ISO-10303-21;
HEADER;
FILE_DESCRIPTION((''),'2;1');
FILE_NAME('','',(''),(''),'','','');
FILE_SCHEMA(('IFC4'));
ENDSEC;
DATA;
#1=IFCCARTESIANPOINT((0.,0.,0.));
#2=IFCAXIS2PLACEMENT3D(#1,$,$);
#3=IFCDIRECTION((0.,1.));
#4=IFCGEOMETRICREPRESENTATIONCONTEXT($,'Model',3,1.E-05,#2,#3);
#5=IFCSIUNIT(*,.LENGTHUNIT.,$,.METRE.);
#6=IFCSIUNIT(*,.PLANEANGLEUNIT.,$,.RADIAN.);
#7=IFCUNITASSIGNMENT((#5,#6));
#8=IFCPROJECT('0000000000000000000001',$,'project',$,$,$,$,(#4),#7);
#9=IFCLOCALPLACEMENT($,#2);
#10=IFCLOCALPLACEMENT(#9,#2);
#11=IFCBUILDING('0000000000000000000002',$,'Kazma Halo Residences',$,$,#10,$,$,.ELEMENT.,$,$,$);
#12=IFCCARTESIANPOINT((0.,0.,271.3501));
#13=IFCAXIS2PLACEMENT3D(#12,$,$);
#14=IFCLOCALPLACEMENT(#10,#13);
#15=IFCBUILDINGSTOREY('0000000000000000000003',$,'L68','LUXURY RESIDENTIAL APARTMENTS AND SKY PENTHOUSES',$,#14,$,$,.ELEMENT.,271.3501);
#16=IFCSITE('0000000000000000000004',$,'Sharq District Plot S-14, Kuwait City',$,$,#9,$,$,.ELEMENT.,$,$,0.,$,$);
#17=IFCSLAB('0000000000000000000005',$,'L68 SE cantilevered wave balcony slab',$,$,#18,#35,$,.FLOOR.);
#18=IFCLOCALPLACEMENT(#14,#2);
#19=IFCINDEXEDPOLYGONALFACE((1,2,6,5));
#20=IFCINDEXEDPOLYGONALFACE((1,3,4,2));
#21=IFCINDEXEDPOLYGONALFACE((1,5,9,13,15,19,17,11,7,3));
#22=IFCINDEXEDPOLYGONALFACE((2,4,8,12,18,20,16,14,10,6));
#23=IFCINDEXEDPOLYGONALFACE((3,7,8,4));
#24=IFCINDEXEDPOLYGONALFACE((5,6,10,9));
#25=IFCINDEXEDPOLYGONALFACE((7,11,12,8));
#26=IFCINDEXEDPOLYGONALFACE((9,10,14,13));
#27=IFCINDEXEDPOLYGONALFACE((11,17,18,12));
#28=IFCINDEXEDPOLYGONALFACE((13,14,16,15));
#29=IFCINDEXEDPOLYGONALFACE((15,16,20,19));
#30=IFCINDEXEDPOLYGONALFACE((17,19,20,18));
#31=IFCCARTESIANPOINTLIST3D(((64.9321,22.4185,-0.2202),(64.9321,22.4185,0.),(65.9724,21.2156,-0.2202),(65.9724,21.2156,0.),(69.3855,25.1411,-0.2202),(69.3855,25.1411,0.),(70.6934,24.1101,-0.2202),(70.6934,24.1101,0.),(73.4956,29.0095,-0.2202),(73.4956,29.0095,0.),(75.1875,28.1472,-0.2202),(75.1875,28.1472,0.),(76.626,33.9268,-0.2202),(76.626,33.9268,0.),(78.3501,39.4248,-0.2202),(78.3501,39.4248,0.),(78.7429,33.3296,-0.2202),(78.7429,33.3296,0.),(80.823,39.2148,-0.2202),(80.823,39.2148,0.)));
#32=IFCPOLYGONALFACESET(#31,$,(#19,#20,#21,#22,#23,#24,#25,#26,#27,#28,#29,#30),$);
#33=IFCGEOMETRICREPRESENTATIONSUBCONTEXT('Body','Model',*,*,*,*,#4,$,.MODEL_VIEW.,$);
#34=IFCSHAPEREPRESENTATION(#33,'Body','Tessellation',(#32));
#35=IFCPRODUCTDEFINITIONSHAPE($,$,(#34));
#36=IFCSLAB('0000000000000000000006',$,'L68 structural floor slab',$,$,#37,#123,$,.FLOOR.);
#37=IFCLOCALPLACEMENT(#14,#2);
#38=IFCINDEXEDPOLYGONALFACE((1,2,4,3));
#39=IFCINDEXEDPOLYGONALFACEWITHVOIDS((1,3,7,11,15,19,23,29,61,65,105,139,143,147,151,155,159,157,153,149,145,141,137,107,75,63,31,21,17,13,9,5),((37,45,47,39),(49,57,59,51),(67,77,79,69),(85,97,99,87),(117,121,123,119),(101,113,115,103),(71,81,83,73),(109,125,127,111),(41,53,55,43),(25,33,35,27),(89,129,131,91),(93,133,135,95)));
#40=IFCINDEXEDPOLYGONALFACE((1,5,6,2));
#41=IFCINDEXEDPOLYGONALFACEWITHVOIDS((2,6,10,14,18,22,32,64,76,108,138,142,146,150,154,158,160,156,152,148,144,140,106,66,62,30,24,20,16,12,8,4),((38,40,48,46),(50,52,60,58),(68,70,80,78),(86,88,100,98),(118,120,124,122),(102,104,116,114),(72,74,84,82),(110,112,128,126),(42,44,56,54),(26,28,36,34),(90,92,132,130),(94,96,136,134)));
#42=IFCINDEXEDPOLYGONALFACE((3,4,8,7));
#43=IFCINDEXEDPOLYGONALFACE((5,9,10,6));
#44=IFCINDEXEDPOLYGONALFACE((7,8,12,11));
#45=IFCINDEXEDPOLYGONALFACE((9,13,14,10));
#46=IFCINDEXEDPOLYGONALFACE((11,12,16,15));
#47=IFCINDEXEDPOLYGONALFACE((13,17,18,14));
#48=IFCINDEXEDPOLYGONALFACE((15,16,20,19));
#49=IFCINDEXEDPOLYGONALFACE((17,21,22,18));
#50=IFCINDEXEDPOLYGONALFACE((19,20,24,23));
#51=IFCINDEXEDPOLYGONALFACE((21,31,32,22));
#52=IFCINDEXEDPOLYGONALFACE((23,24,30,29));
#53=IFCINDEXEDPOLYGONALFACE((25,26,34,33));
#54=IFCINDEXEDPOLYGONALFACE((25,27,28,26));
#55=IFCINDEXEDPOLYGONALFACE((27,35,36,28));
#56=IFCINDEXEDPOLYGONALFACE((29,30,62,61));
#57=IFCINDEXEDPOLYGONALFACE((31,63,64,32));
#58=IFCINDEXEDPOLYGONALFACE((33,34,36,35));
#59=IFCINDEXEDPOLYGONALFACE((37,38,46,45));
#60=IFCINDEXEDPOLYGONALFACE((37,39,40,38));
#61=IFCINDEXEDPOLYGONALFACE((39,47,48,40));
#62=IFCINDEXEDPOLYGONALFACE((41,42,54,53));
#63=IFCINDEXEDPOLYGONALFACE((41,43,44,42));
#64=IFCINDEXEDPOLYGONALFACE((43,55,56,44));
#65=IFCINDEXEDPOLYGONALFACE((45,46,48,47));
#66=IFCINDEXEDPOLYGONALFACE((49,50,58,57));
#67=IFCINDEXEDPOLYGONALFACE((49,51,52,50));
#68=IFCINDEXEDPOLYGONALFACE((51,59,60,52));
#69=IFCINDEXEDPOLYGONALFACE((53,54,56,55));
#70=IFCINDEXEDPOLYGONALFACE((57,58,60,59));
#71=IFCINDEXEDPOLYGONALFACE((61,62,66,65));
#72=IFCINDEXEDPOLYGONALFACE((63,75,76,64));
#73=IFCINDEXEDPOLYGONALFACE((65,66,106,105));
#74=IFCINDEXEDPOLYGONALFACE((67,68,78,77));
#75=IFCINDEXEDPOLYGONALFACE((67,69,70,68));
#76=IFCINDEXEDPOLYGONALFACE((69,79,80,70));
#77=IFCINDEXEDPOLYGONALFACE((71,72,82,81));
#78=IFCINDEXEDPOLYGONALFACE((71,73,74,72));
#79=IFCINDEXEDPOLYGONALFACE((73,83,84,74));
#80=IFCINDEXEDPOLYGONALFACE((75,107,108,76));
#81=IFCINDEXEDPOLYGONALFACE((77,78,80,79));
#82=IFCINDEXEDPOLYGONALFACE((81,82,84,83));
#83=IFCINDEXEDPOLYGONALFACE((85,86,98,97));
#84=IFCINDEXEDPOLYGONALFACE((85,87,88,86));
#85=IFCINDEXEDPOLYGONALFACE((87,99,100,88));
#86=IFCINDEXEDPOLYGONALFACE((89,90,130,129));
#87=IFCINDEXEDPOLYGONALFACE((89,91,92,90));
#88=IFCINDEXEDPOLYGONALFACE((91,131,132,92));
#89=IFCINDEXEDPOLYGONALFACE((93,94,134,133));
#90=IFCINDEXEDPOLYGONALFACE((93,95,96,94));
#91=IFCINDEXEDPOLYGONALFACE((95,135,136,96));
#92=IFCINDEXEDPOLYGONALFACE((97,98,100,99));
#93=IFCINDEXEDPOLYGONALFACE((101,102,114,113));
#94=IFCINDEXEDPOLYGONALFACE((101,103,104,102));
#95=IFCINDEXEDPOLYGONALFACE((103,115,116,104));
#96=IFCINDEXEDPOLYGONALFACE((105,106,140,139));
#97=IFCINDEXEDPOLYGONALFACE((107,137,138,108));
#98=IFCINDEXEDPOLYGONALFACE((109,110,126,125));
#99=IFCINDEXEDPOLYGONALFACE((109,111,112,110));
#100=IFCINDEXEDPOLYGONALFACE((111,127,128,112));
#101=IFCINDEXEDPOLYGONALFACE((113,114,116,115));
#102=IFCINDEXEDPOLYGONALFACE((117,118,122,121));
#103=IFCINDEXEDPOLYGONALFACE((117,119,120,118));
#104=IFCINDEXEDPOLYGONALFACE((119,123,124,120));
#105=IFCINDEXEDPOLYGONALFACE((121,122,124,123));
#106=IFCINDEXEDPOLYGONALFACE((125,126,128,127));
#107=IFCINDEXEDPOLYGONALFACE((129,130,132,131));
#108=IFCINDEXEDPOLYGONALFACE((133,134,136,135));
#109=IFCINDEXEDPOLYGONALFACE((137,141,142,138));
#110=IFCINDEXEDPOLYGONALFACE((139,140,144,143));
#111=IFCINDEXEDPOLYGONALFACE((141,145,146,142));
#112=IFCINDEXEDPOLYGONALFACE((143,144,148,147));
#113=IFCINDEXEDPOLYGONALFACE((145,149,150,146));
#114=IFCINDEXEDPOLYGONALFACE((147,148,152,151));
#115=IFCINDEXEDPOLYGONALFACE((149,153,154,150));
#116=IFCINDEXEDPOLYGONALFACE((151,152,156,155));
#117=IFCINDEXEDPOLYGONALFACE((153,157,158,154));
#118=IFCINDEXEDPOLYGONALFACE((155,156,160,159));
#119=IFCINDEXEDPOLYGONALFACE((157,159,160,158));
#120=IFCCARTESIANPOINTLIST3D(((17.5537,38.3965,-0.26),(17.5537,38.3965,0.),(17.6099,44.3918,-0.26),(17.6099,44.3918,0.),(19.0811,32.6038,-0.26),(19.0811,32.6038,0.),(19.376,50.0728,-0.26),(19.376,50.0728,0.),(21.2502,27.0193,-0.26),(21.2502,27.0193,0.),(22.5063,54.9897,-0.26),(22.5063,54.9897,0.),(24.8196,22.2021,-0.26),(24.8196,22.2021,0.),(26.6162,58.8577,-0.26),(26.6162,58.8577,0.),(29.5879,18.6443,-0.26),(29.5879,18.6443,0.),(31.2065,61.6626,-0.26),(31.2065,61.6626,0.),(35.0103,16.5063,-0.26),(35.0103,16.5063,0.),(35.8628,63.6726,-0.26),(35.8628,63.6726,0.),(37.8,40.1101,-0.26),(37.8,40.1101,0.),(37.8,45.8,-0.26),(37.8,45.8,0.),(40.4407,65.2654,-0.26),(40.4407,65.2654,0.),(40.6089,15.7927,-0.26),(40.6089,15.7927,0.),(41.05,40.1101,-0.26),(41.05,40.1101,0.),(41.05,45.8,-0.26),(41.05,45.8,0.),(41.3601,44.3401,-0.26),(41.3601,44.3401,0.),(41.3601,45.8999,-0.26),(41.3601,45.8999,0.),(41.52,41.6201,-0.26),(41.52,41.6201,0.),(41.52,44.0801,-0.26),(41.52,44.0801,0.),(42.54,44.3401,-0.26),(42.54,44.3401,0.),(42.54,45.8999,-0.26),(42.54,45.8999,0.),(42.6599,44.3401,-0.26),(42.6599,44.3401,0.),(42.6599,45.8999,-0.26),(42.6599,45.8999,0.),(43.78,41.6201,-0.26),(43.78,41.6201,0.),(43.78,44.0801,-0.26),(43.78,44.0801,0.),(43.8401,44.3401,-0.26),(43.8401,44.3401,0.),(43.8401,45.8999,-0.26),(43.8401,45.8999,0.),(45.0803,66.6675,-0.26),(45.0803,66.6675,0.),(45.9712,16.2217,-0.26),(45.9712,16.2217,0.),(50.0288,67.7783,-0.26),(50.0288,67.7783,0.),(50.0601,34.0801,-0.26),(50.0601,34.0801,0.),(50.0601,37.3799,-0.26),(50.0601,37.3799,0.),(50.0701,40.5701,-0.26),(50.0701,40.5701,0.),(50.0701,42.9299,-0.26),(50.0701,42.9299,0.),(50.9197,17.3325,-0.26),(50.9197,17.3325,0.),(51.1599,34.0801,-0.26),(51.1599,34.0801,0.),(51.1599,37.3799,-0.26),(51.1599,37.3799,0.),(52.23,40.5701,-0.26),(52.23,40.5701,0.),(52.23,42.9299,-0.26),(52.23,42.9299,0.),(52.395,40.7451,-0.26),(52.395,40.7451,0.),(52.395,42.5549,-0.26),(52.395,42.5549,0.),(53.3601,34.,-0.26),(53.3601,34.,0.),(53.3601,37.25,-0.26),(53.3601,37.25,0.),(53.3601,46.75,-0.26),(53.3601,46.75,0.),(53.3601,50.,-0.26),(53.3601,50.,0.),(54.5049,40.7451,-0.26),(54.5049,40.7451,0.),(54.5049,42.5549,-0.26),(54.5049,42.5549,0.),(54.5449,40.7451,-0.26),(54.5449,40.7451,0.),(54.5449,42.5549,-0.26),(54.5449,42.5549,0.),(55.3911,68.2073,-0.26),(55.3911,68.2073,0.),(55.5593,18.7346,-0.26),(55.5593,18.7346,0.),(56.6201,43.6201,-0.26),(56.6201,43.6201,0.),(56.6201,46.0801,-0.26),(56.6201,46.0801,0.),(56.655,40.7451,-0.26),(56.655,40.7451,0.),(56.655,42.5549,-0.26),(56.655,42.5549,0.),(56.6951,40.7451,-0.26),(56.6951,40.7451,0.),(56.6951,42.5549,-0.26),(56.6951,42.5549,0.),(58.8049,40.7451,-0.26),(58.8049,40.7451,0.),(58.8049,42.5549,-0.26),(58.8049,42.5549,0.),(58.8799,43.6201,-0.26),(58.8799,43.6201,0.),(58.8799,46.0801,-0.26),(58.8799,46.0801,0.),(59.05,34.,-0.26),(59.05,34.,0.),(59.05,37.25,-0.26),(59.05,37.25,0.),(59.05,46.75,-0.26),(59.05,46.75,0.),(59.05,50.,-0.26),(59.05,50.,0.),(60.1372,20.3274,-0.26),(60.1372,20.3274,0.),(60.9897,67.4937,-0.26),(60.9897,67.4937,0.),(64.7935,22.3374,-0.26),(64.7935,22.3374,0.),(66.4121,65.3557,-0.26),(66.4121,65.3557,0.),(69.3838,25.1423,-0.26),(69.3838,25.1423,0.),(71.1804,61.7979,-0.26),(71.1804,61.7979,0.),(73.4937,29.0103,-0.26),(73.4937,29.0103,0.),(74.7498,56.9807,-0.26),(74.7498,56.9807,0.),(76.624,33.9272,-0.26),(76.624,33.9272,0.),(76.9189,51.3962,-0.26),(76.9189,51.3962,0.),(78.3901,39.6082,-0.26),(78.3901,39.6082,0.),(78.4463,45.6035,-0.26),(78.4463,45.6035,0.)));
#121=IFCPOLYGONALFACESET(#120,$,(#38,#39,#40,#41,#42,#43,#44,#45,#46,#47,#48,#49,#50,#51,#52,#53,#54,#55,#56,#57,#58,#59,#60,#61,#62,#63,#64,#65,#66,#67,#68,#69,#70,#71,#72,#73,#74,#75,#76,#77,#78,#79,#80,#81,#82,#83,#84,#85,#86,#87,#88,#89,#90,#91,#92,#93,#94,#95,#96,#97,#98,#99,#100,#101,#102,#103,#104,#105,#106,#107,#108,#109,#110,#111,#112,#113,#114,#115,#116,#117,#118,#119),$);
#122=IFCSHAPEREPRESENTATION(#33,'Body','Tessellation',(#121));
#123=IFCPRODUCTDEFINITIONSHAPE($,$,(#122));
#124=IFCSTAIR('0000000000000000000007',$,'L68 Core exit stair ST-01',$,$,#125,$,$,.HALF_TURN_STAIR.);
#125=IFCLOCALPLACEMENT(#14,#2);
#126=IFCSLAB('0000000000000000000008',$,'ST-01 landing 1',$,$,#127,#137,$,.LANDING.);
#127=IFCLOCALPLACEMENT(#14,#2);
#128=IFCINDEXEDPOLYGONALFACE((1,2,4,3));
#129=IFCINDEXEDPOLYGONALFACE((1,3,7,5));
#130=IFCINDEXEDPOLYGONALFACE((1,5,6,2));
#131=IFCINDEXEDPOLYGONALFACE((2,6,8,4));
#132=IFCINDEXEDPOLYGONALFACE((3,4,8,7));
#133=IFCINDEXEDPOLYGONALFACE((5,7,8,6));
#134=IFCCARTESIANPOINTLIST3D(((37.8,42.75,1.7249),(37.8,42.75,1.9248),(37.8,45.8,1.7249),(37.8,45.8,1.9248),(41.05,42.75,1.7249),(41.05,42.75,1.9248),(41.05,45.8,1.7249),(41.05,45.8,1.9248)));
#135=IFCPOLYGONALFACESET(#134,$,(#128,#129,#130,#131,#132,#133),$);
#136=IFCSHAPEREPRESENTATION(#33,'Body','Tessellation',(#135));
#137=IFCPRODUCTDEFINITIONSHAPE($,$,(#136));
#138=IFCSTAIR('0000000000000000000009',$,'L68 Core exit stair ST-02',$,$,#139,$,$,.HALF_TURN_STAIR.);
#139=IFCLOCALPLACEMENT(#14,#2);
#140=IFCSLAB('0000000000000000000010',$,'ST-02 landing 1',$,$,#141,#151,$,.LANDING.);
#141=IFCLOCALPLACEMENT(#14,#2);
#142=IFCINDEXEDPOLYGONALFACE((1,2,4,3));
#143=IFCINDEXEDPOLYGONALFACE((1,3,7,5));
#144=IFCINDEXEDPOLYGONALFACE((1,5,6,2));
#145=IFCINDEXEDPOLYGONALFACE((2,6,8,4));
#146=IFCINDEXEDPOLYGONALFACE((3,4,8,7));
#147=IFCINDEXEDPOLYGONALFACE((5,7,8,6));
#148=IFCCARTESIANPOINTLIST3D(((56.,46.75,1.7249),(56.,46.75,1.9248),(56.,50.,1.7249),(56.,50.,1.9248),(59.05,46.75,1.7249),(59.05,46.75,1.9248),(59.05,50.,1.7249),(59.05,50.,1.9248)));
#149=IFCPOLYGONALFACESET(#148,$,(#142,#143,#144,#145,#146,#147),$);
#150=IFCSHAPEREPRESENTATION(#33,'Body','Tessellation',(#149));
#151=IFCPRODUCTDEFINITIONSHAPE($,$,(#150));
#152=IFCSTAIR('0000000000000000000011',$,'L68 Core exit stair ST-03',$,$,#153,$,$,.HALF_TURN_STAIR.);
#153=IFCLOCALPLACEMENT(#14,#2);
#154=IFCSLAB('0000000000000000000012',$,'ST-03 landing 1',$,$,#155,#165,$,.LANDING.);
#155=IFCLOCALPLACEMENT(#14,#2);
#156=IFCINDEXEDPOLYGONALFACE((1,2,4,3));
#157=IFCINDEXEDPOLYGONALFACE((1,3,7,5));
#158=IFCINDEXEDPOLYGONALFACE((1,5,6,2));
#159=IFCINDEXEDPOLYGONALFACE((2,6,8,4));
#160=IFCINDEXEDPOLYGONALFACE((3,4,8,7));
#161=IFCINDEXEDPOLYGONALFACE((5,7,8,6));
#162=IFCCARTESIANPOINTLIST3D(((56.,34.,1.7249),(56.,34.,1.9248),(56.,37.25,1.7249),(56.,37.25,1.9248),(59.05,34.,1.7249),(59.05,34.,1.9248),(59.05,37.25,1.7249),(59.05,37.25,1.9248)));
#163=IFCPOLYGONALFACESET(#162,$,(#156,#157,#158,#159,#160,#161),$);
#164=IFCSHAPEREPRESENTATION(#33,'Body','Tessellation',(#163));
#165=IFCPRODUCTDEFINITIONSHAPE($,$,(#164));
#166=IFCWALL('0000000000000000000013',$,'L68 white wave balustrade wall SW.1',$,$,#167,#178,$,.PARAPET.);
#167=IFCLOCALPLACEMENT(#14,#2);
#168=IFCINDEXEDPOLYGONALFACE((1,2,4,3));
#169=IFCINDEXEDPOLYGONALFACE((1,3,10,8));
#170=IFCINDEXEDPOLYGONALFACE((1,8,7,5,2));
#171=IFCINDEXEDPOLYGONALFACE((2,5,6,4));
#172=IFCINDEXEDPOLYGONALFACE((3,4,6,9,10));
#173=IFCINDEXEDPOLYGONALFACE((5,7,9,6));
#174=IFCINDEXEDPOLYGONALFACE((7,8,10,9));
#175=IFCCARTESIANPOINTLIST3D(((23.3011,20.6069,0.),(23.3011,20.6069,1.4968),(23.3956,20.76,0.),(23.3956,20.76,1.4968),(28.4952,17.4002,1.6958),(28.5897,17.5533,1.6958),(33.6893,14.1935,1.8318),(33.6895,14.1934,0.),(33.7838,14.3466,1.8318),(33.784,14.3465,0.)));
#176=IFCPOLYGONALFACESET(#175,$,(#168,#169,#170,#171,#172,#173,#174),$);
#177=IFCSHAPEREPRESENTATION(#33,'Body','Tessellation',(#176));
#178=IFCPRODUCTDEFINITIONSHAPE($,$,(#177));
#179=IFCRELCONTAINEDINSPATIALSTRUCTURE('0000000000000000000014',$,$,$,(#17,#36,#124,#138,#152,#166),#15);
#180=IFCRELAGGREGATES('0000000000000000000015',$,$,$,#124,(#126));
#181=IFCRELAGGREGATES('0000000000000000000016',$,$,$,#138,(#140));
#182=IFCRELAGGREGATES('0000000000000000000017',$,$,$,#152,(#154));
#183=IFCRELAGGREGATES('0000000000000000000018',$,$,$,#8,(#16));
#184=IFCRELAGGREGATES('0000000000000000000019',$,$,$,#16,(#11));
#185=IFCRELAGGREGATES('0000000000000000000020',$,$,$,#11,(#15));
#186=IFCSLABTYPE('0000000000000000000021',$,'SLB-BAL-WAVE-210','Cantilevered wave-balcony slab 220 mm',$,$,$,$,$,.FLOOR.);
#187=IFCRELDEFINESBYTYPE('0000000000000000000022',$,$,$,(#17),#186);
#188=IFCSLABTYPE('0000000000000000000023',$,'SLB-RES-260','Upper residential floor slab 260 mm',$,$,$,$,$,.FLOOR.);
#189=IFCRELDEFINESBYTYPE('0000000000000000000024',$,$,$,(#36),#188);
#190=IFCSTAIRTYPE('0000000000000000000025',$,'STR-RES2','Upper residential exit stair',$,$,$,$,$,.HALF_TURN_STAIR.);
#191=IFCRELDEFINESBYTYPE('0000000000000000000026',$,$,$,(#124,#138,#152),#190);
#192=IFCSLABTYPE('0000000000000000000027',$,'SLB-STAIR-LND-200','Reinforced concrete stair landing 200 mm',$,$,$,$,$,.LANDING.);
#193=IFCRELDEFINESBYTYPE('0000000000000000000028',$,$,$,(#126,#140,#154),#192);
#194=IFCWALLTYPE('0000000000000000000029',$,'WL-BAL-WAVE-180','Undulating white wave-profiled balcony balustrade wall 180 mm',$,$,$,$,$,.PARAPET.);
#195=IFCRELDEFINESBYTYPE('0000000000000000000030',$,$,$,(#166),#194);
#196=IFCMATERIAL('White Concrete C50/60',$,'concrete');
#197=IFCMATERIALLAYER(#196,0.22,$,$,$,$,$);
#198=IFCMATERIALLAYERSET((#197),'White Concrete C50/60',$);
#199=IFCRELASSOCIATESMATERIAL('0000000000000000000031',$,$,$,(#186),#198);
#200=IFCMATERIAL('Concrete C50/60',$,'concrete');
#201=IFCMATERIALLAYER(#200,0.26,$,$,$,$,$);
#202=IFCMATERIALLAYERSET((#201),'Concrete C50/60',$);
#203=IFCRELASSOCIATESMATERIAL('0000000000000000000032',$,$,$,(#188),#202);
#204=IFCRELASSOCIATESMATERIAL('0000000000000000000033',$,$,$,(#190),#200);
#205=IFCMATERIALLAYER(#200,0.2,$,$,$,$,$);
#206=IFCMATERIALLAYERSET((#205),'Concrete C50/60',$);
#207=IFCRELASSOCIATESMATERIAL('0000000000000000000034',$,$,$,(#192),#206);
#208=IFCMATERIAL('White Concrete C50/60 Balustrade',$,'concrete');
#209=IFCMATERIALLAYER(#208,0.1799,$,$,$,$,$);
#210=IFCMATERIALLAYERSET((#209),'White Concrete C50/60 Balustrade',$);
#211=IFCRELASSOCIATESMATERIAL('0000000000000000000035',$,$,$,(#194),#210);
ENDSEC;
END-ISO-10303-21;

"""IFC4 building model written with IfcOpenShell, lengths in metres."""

from ifc_helpers import new_model, si_unit, direction, frame, origin, place, context, subcontext, project, spatial, polyline, outline, extrude, material, layer, layer_set, type_object, element, aggregate, save


model = new_model("IFC4")

# Units and contexts
model_context = context("Model", 3, precision=1e-05, world=origin(), true_north=direction((0.0, 1.0)))
body_context = subcontext(model_context, "Body", "Model", "MODEL_VIEW")
ifc_project = project(units=[si_unit("LENGTHUNIT", "METRE"), si_unit("PLANEANGLEUNIT", "RADIAN")], contexts=[model_context])

# Site, building, storey
site_placement = place(None, origin())
site = spatial("IfcSite", under=ifc_project, at=site_placement, Name="Sharq District Plot S-14, Kuwait City", CompositionType="ELEMENT", RefElevation=0.0)
building_placement = place(site_placement, origin())
building = spatial("IfcBuilding", under=site, at=building_placement, Name="Kazma Halo Residences", CompositionType="ELEMENT")
storey_placement = place(building_placement, frame((0.0, 0.0, 271.3501)))
storey = spatial("IfcBuildingStorey", under=building, at=storey_placement, Name="L68", Description="LUXURY RESIDENTIAL APARTMENTS AND SKY PENTHOUSES", CompositionType="ELEMENT", Elevation=271.3501)

# Slabs
ifc_material_1 = material(Name="White Concrete C50/60", Category="concrete")
ifc_layer_1 = layer(ifc_material_1, 0.22)
ifc_layer_set_1 = layer_set([ifc_layer_1], Name="White Concrete C50/60")
slab_type_1 = type_object("IfcSlabType", Name="SLB-BAL-WAVE-210", Description="Cantilevered wave-balcony slab 220 mm", PredefinedType="FLOOR", material=ifc_layer_set_1)
slab_1_placement = place(storey_placement, frame((0.0, 0.0, -0.2202)))
element("IfcSlab", 1, at=slab_1_placement, inside=storey, type_object=slab_type_1, Name="L68 SE cantilevered wave balcony slab", PredefinedType="FLOOR", context=body_context, shape_type="SweptSolid", body=[
    extrude(outline(polyline([(64.9321, 22.4185), (69.3855, 25.1411), (73.4956, 29.0095), (76.626, 33.9268), (78.3501, 39.4248), (80.823, 39.2148), (78.7429, 33.3296), (75.1875, 28.1472), (70.6934, 24.1101), (65.9724, 21.2156), (64.9321, 22.4185)])), origin(), (0.0, 0.0, 1.0), 0.2202),
])
ifc_material_2 = material(Name="Concrete C50/60", Category="concrete")
ifc_layer_2 = layer(ifc_material_2, 0.26)
ifc_layer_set_2 = layer_set([ifc_layer_2], Name="Concrete C50/60")
slab_type_2 = type_object("IfcSlabType", Name="SLB-RES-260", Description="Upper residential floor slab 260 mm", PredefinedType="FLOOR", material=ifc_layer_set_2)
slab_2_placement = place(storey_placement, frame((0.0, 0.0, -0.26)))
element("IfcSlab", 2, at=slab_2_placement, inside=storey, type_object=slab_type_2, Name="L68 structural floor slab", PredefinedType="FLOOR", context=body_context, shape_type="SweptSolid", body=[
    extrude(outline(polyline([(76.9189, 51.3962), (74.7498, 56.9807), (71.1804, 61.7979), (66.4121, 65.3557), (60.9897, 67.4937), (55.3911, 68.2073), (50.0288, 67.7783), (45.0803, 66.6675), (40.4407, 65.2654), (35.8628, 63.6726), (31.2065, 61.6626), (26.6162, 58.8577), (22.5063, 54.9897), (19.376, 50.0728), (17.6099, 44.3918), (17.5537, 38.3965), (19.0811, 32.6038), (21.2502, 27.0193), (24.8196, 22.2021), (29.5879, 18.6443), (35.0103, 16.5063), (40.6089, 15.7927), (45.9712, 16.2217), (50.9197, 17.3325), (55.5593, 18.7346), (60.1372, 20.3274), (64.7935, 22.3374), (69.3838, 25.1423), (73.4937, 29.0103), (76.624, 33.9272), (78.3901, 39.6082), (78.4463, 45.6035), (76.9189, 51.3962)]), holes=[polyline([(37.8, 40.1101), (41.05, 40.1101), (41.05, 45.8), (37.8, 45.8), (37.8, 40.1101)]), polyline([(53.3601, 46.75), (59.05, 46.75), (59.05, 50.0), (53.3601, 50.0), (53.3601, 46.75)]), polyline([(53.3601, 34.0), (59.05, 34.0), (59.05, 37.25), (53.3601, 37.25), (53.3601, 34.0)]), polyline([(41.52, 41.6201), (43.78, 41.6201), (43.78, 44.0801), (41.52, 44.0801), (41.52, 41.6201)]), polyline([(56.6201, 43.6201), (58.8799, 43.6201), (58.8799, 46.0801), (56.6201, 46.0801), (56.6201, 43.6201)]), polyline([(52.395, 40.7451), (54.5049, 40.7451), (54.5049, 42.5549), (52.395, 42.5549), (52.395, 40.7451)]), polyline([(54.5449, 40.7451), (56.655, 40.7451), (56.655, 42.5549), (54.5449, 42.5549), (54.5449, 40.7451)]), polyline([(56.6951, 40.7451), (58.8049, 40.7451), (58.8049, 42.5549), (56.6951, 42.5549), (56.6951, 40.7451)]), polyline([(50.0701, 40.5701), (52.23, 40.5701), (52.23, 42.9299), (50.0701, 42.9299), (50.0701, 40.5701)]), polyline([(41.3601, 44.3401), (42.54, 44.3401), (42.54, 45.8999), (41.3601, 45.8999), (41.3601, 44.3401)]), polyline([(42.6599, 44.3401), (43.8401, 44.3401), (43.8401, 45.8999), (42.6599, 45.8999), (42.6599, 44.3401)]), polyline([(50.0601, 34.0801), (51.1599, 34.0801), (51.1599, 37.3799), (50.0601, 37.3799), (50.0601, 34.0801)])]), origin(), (0.0, 0.0, 1.0), 0.26),
])

# Stairs, slabs
stair_type = type_object("IfcStairType", Name="STR-RES2", Description="Upper residential exit stair", PredefinedType="HALF_TURN_STAIR", material=ifc_material_2)
stair_1_placement = place(storey_placement, origin())
stair_1 = element("IfcStair", 3, at=stair_1_placement, inside=storey, type_object=stair_type, Name="L68 Core exit stair ST-01", PredefinedType="HALF_TURN_STAIR")
ifc_layer_3 = layer(ifc_material_2, 0.2)
ifc_layer_set_3 = layer_set([ifc_layer_3], Name="Concrete C50/60")
slab_type_3 = type_object("IfcSlabType", Name="SLB-STAIR-LND-200", Description="Reinforced concrete stair landing 200 mm", PredefinedType="LANDING", material=ifc_layer_set_3)
slab_3_placement = place(storey_placement, frame((0.0, 0.0, 1.7249)))
slab_3 = element("IfcSlab", 4, at=slab_3_placement, type_object=slab_type_3, Name="ST-01 landing 1", PredefinedType="LANDING", context=body_context, shape_type="SweptSolid", body=[
    extrude(outline(polyline([(41.05, 42.75), (41.05, 45.8), (37.8, 45.8), (37.8, 42.75), (41.05, 42.75)])), origin(), (0.0, 0.0, 1.0), 0.2),
])
aggregate(stair_1, [slab_3])
stair_2_placement = place(storey_placement, origin())
stair_2 = element("IfcStair", 5, at=stair_2_placement, inside=storey, type_object=stair_type, Name="L68 Core exit stair ST-02", PredefinedType="HALF_TURN_STAIR")
slab_4_placement = place(storey_placement, frame((0.0, 0.0, 1.7249)))
slab_4 = element("IfcSlab", 6, at=slab_4_placement, type_object=slab_type_3, Name="ST-02 landing 1", PredefinedType="LANDING", context=body_context, shape_type="SweptSolid", body=[
    extrude(outline(polyline([(56.0, 46.75), (59.05, 46.75), (59.05, 50.0), (56.0, 50.0), (56.0, 46.75)])), origin(), (0.0, 0.0, 1.0), 0.2),
])
aggregate(stair_2, [slab_4])
stair_3_placement = place(storey_placement, origin())
stair_3 = element("IfcStair", 7, at=stair_3_placement, inside=storey, type_object=stair_type, Name="L68 Core exit stair ST-03", PredefinedType="HALF_TURN_STAIR")
slab_5_placement = place(storey_placement, frame((0.0, 0.0, 1.7249)))
slab_5 = element("IfcSlab", 8, at=slab_5_placement, type_object=slab_type_3, Name="ST-03 landing 1", PredefinedType="LANDING", context=body_context, shape_type="SweptSolid", body=[
    extrude(outline(polyline([(56.0, 34.0), (59.05, 34.0), (59.05, 37.25), (56.0, 37.25), (56.0, 34.0)])), origin(), (0.0, 0.0, 1.0), 0.2),
])
aggregate(stair_3, [slab_5])

# Wall
ifc_material_3 = material(Name="White Concrete C50/60 Balustrade", Category="concrete")
ifc_layer_4 = layer(ifc_material_3, 0.1799)
ifc_layer_set_4 = layer_set([ifc_layer_4], Name="White Concrete C50/60 Balustrade")
wall_type_1 = type_object("IfcWallType", Name="WL-BAL-WAVE-180", Description="Undulating white wave-profiled balcony balustrade wall 180 mm", PredefinedType="PARAPET", material=ifc_layer_set_4)
wall_1_placement = place(storey_placement, frame((23.3484, 20.6836, 0.0), z_axis=(0.0, 0.0, 1.0), x_axis=(0.850901, -0.525326, 0.0)))
element("IfcWall", 9, at=wall_1_placement, inside=storey, type_object=wall_type_1, Name="L68 white wave balustrade wall SW.1", PredefinedType="PARAPET", context=body_context, shape_type="SweptSolid", body=[
    extrude(outline(polyline([(0.0, 0.0), (12.2087, 0.0), (12.2085, 1.8318), (6.1042, 1.6958), (0.0, 1.4968), (0.0, 0.0)])), frame((0.0, 0.0898, 0.0), z_axis=(0.0, -1.0, 0.0), x_axis=(1.0, 0.0, 0.0)), (0.0, 0.0, 1.0), 0.1799),
])

save(model, "model.ifc")
